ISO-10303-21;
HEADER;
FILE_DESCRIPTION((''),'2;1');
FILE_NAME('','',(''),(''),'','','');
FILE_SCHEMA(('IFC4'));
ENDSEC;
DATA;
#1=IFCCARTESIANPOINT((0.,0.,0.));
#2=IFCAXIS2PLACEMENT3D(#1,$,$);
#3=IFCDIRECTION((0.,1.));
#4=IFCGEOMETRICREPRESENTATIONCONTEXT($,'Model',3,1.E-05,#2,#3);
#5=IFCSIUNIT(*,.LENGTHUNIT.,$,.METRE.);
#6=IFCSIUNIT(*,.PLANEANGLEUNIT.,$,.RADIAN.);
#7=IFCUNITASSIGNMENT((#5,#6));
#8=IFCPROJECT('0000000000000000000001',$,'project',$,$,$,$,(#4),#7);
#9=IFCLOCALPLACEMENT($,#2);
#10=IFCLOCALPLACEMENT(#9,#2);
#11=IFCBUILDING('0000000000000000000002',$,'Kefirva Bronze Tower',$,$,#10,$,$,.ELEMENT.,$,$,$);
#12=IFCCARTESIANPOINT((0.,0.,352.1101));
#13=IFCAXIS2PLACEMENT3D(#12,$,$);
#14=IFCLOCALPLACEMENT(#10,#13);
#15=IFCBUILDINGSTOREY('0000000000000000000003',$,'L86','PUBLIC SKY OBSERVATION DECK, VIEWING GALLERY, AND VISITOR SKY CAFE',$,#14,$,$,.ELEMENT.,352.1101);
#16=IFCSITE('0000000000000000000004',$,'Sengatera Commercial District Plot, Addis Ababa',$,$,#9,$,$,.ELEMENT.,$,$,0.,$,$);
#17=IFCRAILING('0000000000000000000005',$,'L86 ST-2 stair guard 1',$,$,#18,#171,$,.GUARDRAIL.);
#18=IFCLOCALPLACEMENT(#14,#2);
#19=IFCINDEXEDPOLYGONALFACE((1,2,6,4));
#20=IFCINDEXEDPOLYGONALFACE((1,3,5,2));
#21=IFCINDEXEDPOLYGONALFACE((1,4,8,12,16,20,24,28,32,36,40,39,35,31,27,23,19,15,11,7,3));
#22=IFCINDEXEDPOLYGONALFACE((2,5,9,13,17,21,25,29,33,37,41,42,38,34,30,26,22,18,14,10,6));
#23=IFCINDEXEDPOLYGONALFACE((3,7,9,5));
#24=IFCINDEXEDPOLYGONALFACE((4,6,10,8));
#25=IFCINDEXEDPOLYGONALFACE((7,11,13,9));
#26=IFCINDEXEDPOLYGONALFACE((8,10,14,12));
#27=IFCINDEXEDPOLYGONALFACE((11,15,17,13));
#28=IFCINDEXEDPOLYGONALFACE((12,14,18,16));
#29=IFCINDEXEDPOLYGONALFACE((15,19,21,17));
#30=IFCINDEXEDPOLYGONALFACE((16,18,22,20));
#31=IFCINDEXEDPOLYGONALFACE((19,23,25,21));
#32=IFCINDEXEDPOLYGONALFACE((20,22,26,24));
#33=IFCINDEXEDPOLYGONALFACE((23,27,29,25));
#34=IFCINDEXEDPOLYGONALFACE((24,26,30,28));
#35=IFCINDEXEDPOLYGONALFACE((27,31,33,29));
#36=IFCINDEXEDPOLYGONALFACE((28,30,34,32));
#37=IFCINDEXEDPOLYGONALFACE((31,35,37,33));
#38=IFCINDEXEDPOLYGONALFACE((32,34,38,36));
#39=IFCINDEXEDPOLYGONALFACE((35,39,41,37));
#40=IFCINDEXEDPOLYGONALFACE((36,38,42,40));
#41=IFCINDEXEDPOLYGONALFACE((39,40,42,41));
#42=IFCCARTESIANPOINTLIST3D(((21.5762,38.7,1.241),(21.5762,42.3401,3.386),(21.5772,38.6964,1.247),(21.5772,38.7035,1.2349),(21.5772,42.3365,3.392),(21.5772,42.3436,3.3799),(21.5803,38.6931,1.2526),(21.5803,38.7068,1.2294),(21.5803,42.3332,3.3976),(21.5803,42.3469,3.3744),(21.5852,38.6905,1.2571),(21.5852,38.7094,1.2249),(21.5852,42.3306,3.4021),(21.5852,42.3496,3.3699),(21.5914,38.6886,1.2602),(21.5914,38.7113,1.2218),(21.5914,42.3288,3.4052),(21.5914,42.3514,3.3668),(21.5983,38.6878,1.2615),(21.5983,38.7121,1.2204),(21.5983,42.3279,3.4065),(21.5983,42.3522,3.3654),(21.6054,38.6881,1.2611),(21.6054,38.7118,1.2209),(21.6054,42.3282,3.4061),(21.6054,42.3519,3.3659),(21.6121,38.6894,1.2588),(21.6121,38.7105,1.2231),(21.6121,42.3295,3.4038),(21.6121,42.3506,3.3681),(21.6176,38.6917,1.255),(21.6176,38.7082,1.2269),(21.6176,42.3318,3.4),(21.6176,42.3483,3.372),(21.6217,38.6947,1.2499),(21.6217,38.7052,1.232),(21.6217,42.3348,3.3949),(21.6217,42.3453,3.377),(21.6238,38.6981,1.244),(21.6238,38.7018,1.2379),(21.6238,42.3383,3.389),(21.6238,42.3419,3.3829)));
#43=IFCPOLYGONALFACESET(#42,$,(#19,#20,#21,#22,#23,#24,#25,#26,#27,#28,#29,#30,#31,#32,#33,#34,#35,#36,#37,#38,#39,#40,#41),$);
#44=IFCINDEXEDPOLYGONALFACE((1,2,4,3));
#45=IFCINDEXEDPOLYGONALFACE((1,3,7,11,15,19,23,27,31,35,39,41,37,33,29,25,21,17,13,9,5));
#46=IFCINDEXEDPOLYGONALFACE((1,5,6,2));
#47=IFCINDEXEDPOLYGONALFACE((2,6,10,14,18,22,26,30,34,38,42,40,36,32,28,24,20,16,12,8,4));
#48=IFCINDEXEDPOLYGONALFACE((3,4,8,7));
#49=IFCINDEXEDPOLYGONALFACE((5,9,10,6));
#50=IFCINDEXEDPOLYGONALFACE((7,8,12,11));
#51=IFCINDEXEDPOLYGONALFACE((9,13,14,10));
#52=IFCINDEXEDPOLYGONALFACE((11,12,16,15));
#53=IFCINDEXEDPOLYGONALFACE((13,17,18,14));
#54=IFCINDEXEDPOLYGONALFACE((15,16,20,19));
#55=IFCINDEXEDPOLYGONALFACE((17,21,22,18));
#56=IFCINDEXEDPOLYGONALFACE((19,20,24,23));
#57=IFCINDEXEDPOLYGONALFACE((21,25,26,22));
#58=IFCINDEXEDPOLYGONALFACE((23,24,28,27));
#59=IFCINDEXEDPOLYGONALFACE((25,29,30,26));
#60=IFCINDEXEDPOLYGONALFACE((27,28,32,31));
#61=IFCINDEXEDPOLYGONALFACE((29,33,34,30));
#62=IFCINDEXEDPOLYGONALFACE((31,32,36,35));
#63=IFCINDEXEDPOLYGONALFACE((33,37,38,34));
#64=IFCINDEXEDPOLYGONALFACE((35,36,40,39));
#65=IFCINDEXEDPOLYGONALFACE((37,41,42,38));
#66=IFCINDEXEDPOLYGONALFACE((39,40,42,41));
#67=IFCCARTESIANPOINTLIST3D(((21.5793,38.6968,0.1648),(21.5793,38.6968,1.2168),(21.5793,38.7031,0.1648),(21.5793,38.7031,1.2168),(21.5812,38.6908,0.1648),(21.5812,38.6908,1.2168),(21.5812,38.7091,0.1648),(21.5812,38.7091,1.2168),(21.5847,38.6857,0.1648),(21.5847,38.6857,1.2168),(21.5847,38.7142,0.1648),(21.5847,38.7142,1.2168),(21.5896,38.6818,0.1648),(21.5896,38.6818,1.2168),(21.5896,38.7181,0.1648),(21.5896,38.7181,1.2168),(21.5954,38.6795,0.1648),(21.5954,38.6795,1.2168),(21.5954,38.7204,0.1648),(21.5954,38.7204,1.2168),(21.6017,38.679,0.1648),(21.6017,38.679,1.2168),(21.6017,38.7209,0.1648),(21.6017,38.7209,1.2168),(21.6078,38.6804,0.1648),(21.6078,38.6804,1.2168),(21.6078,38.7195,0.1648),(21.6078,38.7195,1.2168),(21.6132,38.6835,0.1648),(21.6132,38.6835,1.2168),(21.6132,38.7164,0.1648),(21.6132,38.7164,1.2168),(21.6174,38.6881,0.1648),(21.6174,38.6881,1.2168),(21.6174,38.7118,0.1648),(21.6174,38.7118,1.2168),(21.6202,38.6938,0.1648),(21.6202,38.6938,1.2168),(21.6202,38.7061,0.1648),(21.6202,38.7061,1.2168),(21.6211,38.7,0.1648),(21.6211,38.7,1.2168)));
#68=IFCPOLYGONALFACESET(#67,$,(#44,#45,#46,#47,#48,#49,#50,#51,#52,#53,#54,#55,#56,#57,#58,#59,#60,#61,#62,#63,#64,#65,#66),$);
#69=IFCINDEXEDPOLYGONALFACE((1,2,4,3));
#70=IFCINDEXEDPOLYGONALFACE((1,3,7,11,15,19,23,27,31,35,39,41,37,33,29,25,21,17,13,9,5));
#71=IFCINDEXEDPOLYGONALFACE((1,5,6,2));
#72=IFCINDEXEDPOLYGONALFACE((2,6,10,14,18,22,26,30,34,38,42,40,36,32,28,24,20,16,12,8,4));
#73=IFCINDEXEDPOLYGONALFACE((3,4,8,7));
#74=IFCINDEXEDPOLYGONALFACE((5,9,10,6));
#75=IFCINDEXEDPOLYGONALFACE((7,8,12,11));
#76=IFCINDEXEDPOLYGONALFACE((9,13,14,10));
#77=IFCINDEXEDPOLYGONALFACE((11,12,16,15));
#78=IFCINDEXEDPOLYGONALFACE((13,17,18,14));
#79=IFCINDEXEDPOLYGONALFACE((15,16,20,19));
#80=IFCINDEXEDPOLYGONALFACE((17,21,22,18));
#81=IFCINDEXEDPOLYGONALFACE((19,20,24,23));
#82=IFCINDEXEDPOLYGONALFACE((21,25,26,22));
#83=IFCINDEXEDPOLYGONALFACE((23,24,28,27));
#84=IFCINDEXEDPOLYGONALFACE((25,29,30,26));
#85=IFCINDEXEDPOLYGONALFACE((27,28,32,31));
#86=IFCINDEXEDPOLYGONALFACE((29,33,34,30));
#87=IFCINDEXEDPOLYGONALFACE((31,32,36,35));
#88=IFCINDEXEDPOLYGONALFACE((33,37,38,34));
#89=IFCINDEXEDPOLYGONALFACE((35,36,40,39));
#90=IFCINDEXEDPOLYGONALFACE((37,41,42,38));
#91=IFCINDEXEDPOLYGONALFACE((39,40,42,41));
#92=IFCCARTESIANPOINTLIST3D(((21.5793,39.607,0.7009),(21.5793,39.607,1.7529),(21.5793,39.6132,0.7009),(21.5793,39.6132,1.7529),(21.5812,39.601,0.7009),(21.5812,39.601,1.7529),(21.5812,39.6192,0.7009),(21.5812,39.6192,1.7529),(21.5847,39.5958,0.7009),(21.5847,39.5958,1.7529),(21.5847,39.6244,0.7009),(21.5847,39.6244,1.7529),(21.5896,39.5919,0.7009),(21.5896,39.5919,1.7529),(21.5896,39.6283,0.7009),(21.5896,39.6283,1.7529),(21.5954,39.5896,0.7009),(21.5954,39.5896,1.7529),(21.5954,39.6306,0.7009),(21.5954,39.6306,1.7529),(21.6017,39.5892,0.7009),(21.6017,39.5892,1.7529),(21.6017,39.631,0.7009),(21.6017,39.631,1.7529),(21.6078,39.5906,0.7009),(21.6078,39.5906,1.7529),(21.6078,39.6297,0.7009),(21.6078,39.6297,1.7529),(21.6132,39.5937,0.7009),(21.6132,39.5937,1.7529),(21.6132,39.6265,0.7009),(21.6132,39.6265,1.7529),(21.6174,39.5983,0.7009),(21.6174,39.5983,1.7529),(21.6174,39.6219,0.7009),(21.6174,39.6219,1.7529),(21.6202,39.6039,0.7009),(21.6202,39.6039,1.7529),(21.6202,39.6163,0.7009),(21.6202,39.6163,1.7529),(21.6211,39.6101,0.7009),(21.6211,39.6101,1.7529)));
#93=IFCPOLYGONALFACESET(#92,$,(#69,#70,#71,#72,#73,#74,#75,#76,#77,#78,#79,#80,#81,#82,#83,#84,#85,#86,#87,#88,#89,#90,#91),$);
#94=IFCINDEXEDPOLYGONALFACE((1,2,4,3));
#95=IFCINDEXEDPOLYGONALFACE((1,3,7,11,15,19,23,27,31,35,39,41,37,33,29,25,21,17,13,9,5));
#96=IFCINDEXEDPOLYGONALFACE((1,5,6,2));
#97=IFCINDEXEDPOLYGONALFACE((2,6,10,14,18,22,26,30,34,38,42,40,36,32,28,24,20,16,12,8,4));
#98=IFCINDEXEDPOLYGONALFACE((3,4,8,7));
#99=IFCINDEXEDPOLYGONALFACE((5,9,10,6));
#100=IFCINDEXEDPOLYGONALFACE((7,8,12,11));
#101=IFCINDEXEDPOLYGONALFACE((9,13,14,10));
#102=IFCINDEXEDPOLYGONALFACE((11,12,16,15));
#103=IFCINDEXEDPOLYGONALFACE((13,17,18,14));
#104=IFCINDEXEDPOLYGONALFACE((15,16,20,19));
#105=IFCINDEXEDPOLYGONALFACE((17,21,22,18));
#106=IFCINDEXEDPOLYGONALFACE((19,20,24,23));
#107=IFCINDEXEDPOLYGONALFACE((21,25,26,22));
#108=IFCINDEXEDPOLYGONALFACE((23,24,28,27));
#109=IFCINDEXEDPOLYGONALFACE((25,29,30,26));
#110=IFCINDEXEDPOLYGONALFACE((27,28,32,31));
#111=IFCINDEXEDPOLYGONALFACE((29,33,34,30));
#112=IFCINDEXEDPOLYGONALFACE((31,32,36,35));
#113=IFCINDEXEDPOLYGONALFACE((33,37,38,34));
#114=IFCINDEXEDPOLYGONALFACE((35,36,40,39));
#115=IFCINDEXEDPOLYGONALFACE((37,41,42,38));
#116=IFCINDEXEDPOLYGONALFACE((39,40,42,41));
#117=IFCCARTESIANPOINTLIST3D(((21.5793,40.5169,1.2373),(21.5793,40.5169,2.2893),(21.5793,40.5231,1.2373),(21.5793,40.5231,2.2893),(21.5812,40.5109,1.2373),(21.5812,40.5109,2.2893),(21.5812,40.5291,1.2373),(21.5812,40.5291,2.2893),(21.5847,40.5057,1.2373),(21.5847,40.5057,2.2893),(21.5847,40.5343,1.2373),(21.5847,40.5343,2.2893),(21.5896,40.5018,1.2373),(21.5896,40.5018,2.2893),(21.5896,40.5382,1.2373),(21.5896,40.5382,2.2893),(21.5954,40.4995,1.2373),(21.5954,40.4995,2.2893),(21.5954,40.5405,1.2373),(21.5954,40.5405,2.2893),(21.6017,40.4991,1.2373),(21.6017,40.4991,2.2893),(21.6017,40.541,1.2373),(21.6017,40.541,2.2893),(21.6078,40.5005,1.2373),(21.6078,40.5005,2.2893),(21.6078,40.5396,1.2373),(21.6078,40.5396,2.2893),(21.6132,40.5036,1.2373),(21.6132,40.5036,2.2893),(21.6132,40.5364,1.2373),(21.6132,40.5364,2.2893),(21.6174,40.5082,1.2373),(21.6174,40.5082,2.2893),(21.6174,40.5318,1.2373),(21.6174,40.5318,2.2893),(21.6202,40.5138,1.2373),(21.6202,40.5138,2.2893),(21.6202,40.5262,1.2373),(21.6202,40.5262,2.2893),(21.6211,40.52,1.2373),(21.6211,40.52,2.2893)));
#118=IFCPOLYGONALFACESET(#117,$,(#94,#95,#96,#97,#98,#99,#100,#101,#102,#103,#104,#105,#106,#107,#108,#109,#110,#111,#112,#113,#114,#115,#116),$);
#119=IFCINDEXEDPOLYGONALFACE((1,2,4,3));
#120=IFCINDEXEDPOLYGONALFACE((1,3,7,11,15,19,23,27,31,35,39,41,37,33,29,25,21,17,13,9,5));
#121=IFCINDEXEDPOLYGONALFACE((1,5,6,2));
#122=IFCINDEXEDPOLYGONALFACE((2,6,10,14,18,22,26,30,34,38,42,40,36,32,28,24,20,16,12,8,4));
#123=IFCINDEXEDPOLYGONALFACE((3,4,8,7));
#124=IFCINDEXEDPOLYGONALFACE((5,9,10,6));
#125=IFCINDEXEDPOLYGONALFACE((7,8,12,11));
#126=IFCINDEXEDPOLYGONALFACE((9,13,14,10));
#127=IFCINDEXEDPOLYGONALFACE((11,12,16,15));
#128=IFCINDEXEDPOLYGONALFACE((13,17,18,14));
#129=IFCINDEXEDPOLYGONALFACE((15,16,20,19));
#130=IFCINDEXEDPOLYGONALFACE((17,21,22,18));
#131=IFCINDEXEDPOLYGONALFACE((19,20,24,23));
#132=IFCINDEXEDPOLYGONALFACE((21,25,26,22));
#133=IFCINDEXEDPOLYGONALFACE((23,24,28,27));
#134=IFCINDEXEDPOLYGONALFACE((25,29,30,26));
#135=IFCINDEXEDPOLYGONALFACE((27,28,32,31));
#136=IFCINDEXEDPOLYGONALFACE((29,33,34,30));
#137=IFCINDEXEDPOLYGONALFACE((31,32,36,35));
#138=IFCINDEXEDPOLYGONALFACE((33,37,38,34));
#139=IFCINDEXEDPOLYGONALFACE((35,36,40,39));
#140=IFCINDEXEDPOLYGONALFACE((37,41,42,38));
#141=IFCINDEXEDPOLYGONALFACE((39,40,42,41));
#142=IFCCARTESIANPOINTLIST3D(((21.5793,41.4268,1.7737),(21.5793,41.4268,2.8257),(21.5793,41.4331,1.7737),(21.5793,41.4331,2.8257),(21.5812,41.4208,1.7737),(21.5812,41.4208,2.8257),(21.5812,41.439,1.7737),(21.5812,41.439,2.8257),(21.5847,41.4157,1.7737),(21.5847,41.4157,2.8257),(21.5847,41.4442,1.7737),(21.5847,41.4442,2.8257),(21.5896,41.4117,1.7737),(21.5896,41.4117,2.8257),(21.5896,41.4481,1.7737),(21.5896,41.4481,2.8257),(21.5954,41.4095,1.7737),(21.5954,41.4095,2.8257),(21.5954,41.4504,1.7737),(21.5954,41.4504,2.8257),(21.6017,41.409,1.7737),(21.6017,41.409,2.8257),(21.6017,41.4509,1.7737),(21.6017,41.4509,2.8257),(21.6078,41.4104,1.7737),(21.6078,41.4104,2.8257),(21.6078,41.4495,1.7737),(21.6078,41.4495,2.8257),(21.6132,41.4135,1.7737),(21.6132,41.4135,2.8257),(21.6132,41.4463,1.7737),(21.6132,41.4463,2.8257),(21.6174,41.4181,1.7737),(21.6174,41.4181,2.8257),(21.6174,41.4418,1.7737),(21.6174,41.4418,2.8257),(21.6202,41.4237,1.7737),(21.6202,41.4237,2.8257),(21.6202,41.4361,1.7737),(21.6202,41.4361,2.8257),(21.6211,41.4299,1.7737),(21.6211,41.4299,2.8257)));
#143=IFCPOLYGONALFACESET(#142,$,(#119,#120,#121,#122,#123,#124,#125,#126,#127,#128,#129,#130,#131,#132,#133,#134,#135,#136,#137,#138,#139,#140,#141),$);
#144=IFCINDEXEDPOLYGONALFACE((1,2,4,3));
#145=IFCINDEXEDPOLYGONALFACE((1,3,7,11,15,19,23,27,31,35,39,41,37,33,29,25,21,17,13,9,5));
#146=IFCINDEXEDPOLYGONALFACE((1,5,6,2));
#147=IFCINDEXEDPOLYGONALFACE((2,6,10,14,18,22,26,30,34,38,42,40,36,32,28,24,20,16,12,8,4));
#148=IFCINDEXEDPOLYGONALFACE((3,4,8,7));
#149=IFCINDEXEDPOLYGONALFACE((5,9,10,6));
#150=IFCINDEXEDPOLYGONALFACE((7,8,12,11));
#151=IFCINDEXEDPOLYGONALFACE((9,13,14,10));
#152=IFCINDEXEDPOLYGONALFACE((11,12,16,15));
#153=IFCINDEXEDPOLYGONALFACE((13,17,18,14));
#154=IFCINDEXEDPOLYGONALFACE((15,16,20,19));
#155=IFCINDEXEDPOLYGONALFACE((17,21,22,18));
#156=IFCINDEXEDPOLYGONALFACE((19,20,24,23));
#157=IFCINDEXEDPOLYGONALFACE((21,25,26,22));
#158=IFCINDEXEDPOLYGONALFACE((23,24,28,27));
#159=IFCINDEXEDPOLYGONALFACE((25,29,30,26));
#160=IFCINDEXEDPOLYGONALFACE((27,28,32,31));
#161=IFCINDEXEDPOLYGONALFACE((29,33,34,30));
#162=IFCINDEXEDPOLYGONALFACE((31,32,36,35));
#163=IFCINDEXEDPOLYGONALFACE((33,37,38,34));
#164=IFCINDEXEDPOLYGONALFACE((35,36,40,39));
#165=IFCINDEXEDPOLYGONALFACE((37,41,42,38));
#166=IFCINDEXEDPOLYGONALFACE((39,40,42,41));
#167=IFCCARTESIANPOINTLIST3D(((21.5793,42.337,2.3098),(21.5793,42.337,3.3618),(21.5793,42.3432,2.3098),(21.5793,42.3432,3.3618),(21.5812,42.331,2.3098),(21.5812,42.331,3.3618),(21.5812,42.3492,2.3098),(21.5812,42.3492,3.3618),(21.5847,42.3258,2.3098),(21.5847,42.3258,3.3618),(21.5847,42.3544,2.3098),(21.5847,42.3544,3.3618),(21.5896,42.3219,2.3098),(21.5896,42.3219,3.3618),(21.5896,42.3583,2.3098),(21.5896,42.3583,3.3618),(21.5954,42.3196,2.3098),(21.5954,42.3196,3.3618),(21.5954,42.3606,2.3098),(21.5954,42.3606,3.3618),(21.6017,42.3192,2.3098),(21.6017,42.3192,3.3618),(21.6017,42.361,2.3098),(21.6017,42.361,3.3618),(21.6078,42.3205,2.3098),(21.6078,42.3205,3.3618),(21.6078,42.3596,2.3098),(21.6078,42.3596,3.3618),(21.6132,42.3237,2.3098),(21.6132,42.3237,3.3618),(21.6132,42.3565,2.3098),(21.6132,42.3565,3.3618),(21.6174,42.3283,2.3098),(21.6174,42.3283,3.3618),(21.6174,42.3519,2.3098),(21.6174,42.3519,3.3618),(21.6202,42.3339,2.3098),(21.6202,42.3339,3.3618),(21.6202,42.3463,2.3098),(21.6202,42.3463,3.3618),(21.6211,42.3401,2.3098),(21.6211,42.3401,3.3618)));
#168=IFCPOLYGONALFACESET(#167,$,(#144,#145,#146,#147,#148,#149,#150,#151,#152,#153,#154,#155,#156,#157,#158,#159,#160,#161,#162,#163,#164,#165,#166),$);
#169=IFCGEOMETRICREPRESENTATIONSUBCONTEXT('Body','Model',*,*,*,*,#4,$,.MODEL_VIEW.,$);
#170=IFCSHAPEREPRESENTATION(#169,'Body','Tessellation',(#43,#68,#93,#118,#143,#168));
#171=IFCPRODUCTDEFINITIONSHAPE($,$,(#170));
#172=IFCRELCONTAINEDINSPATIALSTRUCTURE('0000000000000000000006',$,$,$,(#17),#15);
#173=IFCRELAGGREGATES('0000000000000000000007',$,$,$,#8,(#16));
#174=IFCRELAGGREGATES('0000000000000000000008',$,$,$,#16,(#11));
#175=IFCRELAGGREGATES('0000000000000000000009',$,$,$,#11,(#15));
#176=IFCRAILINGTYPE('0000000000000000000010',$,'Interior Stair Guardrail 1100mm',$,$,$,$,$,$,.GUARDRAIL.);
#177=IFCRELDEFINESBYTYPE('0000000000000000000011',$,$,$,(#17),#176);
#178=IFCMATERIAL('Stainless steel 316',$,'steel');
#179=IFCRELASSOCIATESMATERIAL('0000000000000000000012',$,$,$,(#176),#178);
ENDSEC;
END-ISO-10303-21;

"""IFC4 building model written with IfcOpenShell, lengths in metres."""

from ifc_helpers import new_model, si_unit, direction, frame, origin, origin_2d, place, context, subcontext, project, spatial, circle, extrude, material, type_object, element, save


model = new_model("IFC4")

# Units and contexts
model_context = context("Model", 3, precision=1e-05, world=origin(), true_north=direction((0.0, 1.0)))
body_context = subcontext(model_context, "Body", "Model", "MODEL_VIEW")
ifc_project = project(units=[si_unit("LENGTHUNIT", "METRE"), si_unit("PLANEANGLEUNIT", "RADIAN")], contexts=[model_context])

# Site, building, storey
site_placement = place(None, origin())
site = spatial("IfcSite", under=ifc_project, at=site_placement, Name="Sengatera Commercial District Plot, Addis Ababa", CompositionType="ELEMENT", RefElevation=0.0)
building_placement = place(site_placement, origin())
building = spatial("IfcBuilding", under=site, at=building_placement, Name="Kefirva Bronze Tower", CompositionType="ELEMENT")
storey_placement = place(building_placement, frame((0.0, 0.0, 352.1101)))
storey = spatial("IfcBuildingStorey", under=building, at=storey_placement, Name="L86", Description="PUBLIC SKY OBSERVATION DECK, VIEWING GALLERY, AND VISITOR SKY CAFE", CompositionType="ELEMENT", Elevation=352.1101)

# Railing
ifc_material_1 = material(Name="Stainless steel 316", Category="steel")
railing_type_1 = type_object("IfcRailingType", Name="Interior Stair Guardrail 1100mm", PredefinedType="GUARDRAIL", material=ifc_material_1)
railing_1_placement = place(storey_placement, frame((21.6001, 38.7, 0.1648)))
element("IfcRailing", 1, at=railing_1_placement, inside=storey, type_object=railing_type_1, Name="L86 ST-2 stair guard 1", PredefinedType="GUARDRAIL", context=body_context, shape_type="SweptSolid", body=[
    extrude(circle(Radius=0.0239, at=origin_2d()), frame((0.0, 0.0, 1.0762), z_axis=(0.0, 0.861545, 0.507682), x_axis=(-1.0, 0.0, 0.0)), (0.0, 0.0, 1.0), 4.2251),
    extrude(circle(Radius=0.021, at=origin_2d()), origin(), (0.0, 0.0, 1.0), 1.052),
    extrude(circle(Radius=0.021, at=origin_2d()), frame((0.0, 0.9102, 0.5361)), (0.0, 0.0, 1.0), 1.052),
    extrude(circle(Radius=0.021, at=origin_2d()), frame((0.0, 1.8201, 1.0725)), (0.0, 0.0, 1.0), 1.052),
    extrude(circle(Radius=0.021, at=origin_2d()), frame((0.0, 2.73, 1.6089)), (0.0, 0.0, 1.0), 1.052),
    extrude(circle(Radius=0.021, at=origin_2d()), frame((0.0, 3.6401, 2.145)), (0.0, 0.0, 1.0), 1.052),
])

save(model, "model.ifc")
